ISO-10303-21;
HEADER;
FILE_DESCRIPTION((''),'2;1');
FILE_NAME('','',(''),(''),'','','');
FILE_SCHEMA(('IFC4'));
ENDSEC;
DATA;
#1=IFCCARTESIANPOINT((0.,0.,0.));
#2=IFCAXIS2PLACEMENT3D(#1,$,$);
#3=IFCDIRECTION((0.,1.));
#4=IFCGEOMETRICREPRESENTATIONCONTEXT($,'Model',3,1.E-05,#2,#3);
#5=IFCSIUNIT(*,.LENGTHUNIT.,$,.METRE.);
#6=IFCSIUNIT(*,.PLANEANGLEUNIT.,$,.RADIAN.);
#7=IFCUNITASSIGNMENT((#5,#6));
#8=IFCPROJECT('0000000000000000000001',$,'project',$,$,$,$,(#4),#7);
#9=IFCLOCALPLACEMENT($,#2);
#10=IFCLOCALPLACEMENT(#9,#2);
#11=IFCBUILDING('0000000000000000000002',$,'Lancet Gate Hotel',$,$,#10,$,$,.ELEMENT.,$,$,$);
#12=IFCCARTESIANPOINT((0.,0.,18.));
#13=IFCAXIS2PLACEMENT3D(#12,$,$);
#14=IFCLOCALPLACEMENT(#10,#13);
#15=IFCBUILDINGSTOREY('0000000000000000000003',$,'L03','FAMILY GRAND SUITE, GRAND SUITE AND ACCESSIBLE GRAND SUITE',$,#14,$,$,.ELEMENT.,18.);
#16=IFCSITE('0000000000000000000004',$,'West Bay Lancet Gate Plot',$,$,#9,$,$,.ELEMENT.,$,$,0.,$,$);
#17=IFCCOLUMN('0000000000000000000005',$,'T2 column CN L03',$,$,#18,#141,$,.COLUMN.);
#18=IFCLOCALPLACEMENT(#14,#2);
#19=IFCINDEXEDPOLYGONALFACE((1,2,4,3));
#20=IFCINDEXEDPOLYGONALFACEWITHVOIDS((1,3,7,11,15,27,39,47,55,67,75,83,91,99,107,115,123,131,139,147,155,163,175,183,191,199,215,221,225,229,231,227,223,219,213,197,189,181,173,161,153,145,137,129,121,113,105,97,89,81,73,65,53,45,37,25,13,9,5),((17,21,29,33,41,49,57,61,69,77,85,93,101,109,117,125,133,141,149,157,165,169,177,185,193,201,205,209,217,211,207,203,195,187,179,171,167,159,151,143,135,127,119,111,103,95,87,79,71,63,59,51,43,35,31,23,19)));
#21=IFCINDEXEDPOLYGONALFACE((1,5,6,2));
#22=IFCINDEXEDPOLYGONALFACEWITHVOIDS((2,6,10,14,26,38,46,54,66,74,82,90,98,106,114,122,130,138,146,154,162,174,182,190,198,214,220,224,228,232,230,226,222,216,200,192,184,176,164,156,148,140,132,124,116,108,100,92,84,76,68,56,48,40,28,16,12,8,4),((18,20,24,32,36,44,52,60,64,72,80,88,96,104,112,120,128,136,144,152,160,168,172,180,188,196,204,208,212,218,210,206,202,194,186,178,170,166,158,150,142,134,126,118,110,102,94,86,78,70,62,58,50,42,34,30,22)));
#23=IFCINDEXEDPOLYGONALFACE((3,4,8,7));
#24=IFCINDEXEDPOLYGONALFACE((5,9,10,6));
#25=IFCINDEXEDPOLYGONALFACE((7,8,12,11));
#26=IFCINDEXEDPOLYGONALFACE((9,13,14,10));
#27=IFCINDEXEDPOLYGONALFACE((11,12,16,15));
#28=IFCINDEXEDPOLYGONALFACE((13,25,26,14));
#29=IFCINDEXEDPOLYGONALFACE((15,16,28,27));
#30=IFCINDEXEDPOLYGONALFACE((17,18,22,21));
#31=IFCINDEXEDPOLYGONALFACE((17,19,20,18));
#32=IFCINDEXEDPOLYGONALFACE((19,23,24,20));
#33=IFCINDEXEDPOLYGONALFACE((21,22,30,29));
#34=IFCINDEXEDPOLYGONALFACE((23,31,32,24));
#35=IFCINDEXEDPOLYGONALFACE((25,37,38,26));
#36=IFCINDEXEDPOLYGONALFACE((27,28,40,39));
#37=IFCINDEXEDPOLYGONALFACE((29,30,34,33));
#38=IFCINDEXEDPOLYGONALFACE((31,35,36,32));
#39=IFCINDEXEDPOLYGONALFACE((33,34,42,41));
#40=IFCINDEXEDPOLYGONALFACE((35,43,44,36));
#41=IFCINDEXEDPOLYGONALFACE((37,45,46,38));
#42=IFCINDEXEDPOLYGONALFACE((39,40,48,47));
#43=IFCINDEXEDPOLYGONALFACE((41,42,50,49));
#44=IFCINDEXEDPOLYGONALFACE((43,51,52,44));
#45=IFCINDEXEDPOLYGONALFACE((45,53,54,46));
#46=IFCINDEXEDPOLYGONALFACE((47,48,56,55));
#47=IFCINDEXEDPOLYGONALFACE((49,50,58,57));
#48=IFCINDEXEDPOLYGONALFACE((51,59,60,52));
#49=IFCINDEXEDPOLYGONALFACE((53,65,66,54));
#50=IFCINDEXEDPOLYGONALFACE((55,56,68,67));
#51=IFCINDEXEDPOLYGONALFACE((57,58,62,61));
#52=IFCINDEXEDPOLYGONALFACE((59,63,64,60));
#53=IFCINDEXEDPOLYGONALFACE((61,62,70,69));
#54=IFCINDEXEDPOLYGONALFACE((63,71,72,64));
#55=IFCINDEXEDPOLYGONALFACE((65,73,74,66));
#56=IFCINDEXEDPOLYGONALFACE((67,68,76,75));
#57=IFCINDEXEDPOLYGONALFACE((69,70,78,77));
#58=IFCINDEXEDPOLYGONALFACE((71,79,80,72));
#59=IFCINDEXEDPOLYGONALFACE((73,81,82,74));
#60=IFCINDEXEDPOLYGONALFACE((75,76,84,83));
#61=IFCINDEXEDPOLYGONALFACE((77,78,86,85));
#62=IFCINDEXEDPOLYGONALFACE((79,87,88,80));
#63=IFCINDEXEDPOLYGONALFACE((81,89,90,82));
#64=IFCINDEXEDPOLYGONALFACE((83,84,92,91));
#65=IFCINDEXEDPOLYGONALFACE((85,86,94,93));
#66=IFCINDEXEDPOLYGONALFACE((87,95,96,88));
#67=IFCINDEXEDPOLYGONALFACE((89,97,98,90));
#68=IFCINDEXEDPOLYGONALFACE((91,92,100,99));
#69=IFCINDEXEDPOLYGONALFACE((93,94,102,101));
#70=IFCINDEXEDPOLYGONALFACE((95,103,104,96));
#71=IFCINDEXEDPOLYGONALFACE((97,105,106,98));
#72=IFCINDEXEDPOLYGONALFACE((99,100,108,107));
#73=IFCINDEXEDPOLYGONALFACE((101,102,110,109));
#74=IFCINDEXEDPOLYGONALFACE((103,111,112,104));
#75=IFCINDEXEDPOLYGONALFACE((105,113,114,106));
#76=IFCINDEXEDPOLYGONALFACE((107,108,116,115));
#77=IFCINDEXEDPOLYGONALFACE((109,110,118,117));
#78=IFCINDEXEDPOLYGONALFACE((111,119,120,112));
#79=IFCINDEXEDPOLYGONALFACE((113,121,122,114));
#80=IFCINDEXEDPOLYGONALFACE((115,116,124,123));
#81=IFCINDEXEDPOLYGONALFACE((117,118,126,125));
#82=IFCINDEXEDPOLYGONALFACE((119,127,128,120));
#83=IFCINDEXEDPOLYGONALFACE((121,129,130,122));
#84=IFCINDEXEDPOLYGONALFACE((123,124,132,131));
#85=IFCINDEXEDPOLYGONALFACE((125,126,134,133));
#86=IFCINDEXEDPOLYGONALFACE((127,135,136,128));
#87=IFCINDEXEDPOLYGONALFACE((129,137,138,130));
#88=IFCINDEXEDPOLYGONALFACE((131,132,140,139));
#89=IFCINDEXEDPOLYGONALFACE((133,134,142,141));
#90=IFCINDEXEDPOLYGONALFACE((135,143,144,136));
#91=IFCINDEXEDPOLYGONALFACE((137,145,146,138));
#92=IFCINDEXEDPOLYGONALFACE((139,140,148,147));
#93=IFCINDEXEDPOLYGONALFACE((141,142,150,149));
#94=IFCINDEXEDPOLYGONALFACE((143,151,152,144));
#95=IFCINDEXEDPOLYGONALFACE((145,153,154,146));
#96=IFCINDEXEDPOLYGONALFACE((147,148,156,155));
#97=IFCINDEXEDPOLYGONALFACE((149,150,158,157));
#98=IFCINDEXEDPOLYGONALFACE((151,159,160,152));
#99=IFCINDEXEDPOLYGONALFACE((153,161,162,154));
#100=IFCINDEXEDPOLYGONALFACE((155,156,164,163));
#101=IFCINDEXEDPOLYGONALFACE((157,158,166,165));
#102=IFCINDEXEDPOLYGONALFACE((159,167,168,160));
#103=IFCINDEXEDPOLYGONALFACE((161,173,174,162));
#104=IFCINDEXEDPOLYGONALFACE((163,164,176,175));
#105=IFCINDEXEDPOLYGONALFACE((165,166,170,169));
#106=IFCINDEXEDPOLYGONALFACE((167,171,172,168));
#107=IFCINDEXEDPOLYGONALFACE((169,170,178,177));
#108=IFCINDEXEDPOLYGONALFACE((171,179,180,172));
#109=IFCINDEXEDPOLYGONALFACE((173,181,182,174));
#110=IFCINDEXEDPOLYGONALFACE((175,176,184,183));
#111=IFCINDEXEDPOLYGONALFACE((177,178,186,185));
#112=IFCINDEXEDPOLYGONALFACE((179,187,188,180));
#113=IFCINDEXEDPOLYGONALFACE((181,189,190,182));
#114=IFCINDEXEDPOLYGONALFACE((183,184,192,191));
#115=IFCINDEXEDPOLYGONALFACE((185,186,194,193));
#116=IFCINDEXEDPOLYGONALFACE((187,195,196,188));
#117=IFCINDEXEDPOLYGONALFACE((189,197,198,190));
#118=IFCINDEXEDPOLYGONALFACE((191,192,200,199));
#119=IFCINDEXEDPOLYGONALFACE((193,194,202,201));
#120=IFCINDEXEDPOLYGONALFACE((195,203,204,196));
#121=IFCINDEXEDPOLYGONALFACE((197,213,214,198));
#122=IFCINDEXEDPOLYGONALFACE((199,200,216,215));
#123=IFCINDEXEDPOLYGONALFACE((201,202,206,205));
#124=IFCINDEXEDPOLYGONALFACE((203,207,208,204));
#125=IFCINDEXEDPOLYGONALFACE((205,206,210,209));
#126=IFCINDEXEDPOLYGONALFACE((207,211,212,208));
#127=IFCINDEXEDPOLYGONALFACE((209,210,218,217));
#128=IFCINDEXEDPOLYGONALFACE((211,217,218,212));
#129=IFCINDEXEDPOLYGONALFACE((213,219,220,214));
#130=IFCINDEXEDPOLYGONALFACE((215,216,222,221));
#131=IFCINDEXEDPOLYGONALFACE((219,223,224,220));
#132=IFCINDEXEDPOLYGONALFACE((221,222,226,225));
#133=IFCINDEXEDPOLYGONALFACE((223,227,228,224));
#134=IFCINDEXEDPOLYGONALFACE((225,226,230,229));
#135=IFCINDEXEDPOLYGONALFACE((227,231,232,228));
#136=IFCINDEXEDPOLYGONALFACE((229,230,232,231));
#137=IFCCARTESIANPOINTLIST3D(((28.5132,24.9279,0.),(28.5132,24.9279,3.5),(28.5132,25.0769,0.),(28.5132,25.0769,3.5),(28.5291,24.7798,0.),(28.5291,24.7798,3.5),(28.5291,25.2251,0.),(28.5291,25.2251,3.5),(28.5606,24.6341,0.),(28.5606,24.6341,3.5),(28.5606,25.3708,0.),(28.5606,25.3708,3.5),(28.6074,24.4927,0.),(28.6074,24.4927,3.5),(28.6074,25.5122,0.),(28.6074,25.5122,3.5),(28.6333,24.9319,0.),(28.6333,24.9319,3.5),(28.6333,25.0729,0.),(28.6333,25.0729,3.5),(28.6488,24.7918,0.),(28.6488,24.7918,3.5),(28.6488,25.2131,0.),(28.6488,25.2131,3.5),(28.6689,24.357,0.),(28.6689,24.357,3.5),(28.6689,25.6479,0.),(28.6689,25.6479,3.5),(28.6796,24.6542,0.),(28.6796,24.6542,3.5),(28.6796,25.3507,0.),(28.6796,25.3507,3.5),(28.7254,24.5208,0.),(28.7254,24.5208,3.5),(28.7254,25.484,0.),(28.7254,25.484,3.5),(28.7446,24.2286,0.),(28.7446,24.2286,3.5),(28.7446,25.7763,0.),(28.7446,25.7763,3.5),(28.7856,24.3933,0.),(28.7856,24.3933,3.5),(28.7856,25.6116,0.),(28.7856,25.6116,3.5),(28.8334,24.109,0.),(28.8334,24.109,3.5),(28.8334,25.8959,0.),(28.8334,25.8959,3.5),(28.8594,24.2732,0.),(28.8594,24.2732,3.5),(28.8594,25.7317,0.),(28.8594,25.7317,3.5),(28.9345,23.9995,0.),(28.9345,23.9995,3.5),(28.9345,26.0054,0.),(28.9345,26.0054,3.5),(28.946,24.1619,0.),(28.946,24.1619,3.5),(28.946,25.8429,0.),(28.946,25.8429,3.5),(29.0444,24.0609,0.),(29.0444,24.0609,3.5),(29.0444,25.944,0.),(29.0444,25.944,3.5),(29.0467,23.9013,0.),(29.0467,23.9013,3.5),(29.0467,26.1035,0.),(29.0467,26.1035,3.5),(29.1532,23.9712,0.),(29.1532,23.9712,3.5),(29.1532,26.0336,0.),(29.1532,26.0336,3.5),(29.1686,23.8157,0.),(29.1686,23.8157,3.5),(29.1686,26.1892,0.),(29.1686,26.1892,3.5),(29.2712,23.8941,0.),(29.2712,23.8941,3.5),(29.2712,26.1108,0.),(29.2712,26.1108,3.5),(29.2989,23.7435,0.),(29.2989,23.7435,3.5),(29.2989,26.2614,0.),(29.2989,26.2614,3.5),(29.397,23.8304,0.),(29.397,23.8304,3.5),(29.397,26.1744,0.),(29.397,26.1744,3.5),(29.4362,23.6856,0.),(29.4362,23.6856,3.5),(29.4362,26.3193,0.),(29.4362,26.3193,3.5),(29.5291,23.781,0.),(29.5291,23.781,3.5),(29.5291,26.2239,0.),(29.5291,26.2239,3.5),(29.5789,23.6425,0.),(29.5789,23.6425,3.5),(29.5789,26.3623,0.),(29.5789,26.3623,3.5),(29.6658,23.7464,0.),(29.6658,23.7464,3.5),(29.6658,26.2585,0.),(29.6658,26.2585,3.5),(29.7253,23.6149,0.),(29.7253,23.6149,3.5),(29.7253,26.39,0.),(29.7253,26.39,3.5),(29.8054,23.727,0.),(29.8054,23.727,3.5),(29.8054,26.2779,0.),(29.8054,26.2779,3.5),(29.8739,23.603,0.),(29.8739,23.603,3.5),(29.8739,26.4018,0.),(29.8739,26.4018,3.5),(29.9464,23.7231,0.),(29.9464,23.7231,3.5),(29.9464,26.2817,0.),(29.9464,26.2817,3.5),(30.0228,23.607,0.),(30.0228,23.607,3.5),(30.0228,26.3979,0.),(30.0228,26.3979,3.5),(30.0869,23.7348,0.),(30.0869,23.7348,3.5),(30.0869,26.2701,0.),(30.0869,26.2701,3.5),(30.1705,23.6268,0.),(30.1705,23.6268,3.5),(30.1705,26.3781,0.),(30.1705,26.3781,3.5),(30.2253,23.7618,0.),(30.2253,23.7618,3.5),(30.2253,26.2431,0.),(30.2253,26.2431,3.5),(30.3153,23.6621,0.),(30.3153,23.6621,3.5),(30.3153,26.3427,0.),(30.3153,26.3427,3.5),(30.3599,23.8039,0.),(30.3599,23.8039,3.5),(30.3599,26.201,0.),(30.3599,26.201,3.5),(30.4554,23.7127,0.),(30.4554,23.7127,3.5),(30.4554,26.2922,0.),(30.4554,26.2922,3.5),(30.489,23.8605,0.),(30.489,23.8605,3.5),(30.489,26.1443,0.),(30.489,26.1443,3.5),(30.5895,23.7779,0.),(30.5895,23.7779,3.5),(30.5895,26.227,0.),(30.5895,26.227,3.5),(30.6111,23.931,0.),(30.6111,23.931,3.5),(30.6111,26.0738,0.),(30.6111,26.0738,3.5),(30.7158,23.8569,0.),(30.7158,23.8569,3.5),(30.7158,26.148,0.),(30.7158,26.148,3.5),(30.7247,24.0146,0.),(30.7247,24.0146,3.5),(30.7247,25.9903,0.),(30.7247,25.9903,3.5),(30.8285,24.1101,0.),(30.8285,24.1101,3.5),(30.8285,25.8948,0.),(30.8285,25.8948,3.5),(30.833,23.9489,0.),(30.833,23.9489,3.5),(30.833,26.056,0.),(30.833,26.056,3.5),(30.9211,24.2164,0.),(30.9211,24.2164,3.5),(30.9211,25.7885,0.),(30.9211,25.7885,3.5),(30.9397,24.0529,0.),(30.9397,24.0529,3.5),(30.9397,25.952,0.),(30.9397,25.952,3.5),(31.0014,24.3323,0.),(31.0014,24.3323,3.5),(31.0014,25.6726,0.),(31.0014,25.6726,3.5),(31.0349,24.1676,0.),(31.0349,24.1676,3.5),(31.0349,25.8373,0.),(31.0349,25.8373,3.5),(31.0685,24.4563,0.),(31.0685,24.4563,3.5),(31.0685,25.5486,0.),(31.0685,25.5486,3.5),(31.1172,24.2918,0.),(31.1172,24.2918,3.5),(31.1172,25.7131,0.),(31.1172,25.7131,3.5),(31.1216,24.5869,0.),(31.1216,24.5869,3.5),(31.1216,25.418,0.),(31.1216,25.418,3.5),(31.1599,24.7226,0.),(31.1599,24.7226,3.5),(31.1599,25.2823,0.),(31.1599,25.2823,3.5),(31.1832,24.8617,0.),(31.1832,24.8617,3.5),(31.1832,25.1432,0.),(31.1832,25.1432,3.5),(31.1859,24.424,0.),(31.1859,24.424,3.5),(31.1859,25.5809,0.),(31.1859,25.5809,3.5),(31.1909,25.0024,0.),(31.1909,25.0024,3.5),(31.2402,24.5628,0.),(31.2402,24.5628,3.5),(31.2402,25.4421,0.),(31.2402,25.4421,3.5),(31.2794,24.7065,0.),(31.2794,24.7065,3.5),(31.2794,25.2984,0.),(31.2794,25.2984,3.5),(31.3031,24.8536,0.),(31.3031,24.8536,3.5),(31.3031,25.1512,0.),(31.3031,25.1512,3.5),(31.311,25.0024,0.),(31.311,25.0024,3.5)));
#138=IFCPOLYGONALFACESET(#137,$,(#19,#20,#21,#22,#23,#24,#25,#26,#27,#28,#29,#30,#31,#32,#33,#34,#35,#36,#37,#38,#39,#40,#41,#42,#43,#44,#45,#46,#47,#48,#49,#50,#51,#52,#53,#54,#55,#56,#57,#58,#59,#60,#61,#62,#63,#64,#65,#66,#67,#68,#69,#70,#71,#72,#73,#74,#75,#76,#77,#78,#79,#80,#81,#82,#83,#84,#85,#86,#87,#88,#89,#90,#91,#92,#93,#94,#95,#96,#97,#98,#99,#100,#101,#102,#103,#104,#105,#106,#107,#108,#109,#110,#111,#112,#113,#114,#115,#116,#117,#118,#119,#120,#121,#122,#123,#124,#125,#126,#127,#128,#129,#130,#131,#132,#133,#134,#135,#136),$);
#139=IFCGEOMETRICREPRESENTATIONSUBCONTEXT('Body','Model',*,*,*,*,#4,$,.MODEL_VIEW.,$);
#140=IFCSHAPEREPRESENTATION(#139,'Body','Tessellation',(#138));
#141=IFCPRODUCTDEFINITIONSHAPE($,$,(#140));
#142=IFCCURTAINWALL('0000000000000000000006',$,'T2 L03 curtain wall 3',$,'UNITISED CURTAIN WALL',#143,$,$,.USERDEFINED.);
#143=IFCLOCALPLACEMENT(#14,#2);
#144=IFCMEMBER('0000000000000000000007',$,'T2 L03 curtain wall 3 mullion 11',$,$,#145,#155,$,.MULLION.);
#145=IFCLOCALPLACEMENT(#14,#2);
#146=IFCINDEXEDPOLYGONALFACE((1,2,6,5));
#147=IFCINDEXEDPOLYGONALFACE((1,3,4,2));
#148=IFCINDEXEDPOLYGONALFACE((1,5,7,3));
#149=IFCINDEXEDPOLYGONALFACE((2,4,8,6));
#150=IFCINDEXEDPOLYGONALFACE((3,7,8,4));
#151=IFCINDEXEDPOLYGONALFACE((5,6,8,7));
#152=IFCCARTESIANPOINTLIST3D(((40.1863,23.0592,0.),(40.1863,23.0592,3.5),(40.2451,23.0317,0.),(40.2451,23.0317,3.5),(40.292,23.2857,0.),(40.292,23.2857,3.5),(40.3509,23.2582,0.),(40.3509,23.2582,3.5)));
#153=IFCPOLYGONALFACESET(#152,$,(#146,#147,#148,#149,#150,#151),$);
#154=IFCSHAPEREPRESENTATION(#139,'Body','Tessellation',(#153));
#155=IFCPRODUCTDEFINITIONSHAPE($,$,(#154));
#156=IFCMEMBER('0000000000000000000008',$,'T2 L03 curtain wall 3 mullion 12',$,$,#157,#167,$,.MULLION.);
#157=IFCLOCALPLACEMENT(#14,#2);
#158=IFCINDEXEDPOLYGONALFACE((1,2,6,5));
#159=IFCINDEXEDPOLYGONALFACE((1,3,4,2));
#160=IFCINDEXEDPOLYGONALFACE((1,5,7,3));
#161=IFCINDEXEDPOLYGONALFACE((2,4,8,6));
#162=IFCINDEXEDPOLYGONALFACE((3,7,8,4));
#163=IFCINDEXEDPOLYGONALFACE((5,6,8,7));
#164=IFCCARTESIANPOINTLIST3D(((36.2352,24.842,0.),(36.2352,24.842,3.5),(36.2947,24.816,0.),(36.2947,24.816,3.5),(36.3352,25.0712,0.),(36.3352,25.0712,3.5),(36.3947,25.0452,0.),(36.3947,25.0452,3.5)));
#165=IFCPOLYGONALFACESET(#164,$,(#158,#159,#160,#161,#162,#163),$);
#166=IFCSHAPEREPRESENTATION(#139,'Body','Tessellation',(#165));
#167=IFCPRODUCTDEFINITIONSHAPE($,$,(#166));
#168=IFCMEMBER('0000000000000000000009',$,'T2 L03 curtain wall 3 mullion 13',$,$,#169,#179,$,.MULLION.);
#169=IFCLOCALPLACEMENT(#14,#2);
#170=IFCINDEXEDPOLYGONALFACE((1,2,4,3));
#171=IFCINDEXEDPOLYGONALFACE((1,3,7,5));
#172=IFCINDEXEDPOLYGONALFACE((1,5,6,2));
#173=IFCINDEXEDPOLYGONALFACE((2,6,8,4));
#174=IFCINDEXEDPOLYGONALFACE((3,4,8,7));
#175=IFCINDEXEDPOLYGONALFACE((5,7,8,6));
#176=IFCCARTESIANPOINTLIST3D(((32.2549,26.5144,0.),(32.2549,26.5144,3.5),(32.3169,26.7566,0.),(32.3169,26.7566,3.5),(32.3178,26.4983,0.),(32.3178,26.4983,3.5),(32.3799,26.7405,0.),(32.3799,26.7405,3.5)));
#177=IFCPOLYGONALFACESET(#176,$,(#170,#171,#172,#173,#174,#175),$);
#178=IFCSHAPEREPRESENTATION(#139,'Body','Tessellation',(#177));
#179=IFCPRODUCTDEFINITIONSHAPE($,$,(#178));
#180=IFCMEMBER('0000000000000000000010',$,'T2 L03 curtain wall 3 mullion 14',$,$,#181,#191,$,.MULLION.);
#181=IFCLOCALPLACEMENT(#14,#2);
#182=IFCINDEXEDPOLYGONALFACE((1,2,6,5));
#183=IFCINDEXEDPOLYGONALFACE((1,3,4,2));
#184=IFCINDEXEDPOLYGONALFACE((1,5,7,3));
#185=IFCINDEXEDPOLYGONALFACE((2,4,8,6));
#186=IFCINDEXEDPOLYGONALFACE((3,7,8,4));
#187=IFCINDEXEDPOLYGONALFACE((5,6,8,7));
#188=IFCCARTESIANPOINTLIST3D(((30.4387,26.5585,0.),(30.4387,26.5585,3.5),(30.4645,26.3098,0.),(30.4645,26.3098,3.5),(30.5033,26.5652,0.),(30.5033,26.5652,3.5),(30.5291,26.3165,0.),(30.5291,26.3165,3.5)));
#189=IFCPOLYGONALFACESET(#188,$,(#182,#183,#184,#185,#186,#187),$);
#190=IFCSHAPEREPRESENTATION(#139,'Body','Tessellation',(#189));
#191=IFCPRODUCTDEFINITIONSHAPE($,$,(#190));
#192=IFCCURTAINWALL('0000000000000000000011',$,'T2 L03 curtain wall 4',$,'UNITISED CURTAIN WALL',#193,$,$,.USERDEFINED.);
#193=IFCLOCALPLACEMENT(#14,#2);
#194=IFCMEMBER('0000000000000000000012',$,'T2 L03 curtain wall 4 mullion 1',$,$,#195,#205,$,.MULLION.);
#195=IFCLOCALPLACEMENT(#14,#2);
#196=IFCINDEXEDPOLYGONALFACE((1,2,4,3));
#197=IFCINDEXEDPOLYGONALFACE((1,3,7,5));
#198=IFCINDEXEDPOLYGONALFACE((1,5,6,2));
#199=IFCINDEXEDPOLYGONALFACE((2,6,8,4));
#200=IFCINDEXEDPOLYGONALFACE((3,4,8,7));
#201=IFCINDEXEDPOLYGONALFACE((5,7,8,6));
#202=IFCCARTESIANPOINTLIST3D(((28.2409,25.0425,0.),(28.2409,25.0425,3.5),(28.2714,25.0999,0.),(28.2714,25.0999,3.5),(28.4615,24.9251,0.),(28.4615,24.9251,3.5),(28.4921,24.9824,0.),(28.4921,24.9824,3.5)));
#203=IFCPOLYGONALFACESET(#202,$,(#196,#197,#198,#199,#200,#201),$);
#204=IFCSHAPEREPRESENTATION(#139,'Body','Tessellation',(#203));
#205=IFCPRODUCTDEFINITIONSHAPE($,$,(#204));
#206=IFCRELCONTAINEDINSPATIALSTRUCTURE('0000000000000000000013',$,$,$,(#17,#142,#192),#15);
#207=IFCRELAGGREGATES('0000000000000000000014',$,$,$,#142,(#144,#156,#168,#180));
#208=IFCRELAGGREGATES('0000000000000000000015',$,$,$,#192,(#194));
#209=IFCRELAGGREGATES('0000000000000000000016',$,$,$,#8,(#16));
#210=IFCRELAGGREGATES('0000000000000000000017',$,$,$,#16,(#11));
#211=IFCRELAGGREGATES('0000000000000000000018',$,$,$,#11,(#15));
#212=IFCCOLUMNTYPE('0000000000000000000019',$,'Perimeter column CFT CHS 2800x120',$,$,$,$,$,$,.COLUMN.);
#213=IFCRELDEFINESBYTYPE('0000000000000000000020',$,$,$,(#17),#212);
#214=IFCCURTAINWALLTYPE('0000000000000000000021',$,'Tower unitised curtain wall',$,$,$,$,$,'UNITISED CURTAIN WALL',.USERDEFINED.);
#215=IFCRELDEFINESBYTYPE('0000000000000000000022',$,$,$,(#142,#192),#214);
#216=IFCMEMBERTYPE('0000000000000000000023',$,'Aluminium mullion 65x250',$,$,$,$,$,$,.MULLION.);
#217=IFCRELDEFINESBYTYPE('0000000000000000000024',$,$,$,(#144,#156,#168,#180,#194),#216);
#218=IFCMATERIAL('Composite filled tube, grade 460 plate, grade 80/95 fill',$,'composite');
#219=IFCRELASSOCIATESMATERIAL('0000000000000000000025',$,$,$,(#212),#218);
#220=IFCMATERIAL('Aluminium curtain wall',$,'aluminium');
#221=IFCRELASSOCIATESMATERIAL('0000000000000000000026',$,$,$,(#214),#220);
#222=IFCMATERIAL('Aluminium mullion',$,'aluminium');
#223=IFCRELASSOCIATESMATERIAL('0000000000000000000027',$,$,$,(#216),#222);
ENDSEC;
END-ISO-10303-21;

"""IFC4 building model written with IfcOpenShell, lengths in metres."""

from ifc_helpers import new_model, si_unit, direction, frame, origin, origin_2d, place, context, subcontext, project, spatial, rectangle, hollow_circle, extrude, material, material_profile, profile_set, type_object, element, aggregate, save


model = new_model("IFC4")

# Units and contexts
model_context = context("Model", 3, precision=1e-05, world=origin(), true_north=direction((0.0, 1.0)))
body_context = subcontext(model_context, "Body", "Model", "MODEL_VIEW")
ifc_project = project(units=[si_unit("LENGTHUNIT", "METRE"), si_unit("PLANEANGLEUNIT", "RADIAN")], contexts=[model_context])

# Site, building, storey
site_placement = place(None, origin())
site = spatial("IfcSite", under=ifc_project, at=site_placement, Name="West Bay Lancet Gate Plot", CompositionType="ELEMENT", RefElevation=0.0)
building_placement = place(site_placement, origin())
building = spatial("IfcBuilding", under=site, at=building_placement, Name="Lancet Gate Hotel", CompositionType="ELEMENT")
storey_placement = place(building_placement, frame((0.0, 0.0, 18.0)))
storey = spatial("IfcBuildingStorey", under=building, at=storey_placement, Name="L03", Description="FAMILY GRAND SUITE, GRAND SUITE AND ACCESSIBLE GRAND SUITE", CompositionType="ELEMENT", Elevation=18.0)

# Column
ifc_material_1 = material(Name="Composite filled tube, grade 460 plate, grade 80/95 fill", Category="composite")
ifc_material_profile_1 = material_profile(ifc_material_1, hollow_circle(Radius=1.3999, WallThickness=0.1201, at=origin_2d()), Name="CHS 2800x120")
ifc_profile_set_1 = profile_set([ifc_material_profile_1], Name="Composite filled tube, grade 460 plate, grade 80/95 fill")
column_type = type_object("IfcColumnType", Name="Perimeter column CFT CHS 2800x120", PredefinedType="COLUMN", material=ifc_profile_set_1)
column_placement = place(storey_placement, frame((29.9111, 25.0024, 0.0), z_axis=(0.0, 0.0, 1.0), x_axis=(1.0, 0.0, 0.0)))
element("IfcColumn", 1, at=column_placement, inside=storey, type_object=column_type, Name="T2 column CN L03", PredefinedType="COLUMN", context=body_context, shape_type="SweptSolid", body=[
    extrude(hollow_circle(Radius=1.3999, WallThickness=0.1201, at=origin_2d()), origin(), (0.0, 0.0, 1.0), 3.5),
])

# Curtain walls, members
ifc_material_2 = material(Name="Aluminium curtain wall", Category="aluminium")
curtain_wall_type = type_object("IfcCurtainWallType", Name="Tower unitised curtain wall", ElementType="UNITISED CURTAIN WALL", PredefinedType="USERDEFINED", material=ifc_material_2)
curtain_wall_1_placement = place(storey_placement, origin())
curtain_wall_1 = element("IfcCurtainWall", 2, at=curtain_wall_1_placement, inside=storey, type_object=curtain_wall_type, Name="T2 L03 curtain wall 3", ObjectType="UNITISED CURTAIN WALL", PredefinedType="USERDEFINED")
ifc_material_3 = material(Name="Aluminium mullion", Category="aluminium")
ifc_material_profile_2 = material_profile(ifc_material_3, rectangle(XDim=0.0649, YDim=0.25, at=origin_2d()), Name="MULLION 65x250")
ifc_profile_set_2 = profile_set([ifc_material_profile_2], Name="Aluminium mullion")
member_type_1 = type_object("IfcMemberType", Name="Aluminium mullion 65x250", PredefinedType="MULLION", material=ifc_profile_set_2)
member_1_placement = place(storey_placement, frame((40.2686, 23.1587, 0.0), z_axis=(0.0, 0.0, 1.0), x_axis=(-0.906105, 0.423053, 0.0)))
member_1 = element("IfcMember", 3, at=member_1_placement, type_object=member_type_1, Name="T2 L03 curtain wall 3 mullion 11", PredefinedType="MULLION", context=body_context, shape_type="SweptSolid", body=[
    extrude(rectangle(XDim=0.0649, YDim=0.25, at=origin_2d()), origin(), (0.0, 0.0, 1.0), 3.5),
])
member_2_placement = place(storey_placement, frame((36.3149, 24.9436, 0.0), z_axis=(0.0, 0.0, 1.0), x_axis=(-0.916579, 0.399854, 0.0)))
member_2 = element("IfcMember", 4, at=member_2_placement, type_object=member_type_1, Name="T2 L03 curtain wall 3 mullion 12", PredefinedType="MULLION", context=body_context, shape_type="SweptSolid", body=[
    extrude(rectangle(XDim=0.0649, YDim=0.25, at=origin_2d()), origin(), (0.0, 0.0, 1.0), 3.5),
])
member_3_placement = place(storey_placement, frame((32.3174, 26.6274, 0.0), z_axis=(0.0, 0.0, 1.0), x_axis=(-0.968721, 0.24815, 0.0)))
member_3 = element("IfcMember", 5, at=member_3_placement, type_object=member_type_1, Name="T2 L03 curtain wall 3 mullion 13", PredefinedType="MULLION", context=body_context, shape_type="SweptSolid", body=[
    extrude(rectangle(XDim=0.0649, YDim=0.25, at=origin_2d()), origin(), (0.0, 0.0, 1.0), 3.5),
])
member_4_placement = place(storey_placement, frame((30.4839, 26.4375, 0.0), z_axis=(0.0, 0.0, 1.0), x_axis=(-0.994672, -0.103088, 0.0)))
member_4 = element("IfcMember", 6, at=member_4_placement, type_object=member_type_1, Name="T2 L03 curtain wall 3 mullion 14", PredefinedType="MULLION", context=body_context, shape_type="SweptSolid", body=[
    extrude(rectangle(XDim=0.0649, YDim=0.25, at=origin_2d()), origin(), (0.0, 0.0, 1.0), 3.5),
])
curtain_wall_2_placement = place(storey_placement, origin())
curtain_wall_2 = element("IfcCurtainWall", 7, at=curtain_wall_2_placement, inside=storey, type_object=curtain_wall_type, Name="T2 L03 curtain wall 4", ObjectType="UNITISED CURTAIN WALL", PredefinedType="USERDEFINED")
member_5_placement = place(storey_placement, frame((28.3665, 25.0125, 0.0), z_axis=(0.0, 0.0, 1.0), x_axis=(-0.469898, -0.882721, 0.0)))
member_5 = element("IfcMember", 8, at=member_5_placement, type_object=member_type_1, Name="T2 L03 curtain wall 4 mullion 1", PredefinedType="MULLION", context=body_context, shape_type="SweptSolid", body=[
    extrude(rectangle(XDim=0.0649, YDim=0.25, at=origin_2d()), origin(), (0.0, 0.0, 1.0), 3.5),
])

aggregate(curtain_wall_1, [member_1, member_2, member_3, member_4])
aggregate(curtain_wall_2, [member_5])

save(model, "model.ifc")
